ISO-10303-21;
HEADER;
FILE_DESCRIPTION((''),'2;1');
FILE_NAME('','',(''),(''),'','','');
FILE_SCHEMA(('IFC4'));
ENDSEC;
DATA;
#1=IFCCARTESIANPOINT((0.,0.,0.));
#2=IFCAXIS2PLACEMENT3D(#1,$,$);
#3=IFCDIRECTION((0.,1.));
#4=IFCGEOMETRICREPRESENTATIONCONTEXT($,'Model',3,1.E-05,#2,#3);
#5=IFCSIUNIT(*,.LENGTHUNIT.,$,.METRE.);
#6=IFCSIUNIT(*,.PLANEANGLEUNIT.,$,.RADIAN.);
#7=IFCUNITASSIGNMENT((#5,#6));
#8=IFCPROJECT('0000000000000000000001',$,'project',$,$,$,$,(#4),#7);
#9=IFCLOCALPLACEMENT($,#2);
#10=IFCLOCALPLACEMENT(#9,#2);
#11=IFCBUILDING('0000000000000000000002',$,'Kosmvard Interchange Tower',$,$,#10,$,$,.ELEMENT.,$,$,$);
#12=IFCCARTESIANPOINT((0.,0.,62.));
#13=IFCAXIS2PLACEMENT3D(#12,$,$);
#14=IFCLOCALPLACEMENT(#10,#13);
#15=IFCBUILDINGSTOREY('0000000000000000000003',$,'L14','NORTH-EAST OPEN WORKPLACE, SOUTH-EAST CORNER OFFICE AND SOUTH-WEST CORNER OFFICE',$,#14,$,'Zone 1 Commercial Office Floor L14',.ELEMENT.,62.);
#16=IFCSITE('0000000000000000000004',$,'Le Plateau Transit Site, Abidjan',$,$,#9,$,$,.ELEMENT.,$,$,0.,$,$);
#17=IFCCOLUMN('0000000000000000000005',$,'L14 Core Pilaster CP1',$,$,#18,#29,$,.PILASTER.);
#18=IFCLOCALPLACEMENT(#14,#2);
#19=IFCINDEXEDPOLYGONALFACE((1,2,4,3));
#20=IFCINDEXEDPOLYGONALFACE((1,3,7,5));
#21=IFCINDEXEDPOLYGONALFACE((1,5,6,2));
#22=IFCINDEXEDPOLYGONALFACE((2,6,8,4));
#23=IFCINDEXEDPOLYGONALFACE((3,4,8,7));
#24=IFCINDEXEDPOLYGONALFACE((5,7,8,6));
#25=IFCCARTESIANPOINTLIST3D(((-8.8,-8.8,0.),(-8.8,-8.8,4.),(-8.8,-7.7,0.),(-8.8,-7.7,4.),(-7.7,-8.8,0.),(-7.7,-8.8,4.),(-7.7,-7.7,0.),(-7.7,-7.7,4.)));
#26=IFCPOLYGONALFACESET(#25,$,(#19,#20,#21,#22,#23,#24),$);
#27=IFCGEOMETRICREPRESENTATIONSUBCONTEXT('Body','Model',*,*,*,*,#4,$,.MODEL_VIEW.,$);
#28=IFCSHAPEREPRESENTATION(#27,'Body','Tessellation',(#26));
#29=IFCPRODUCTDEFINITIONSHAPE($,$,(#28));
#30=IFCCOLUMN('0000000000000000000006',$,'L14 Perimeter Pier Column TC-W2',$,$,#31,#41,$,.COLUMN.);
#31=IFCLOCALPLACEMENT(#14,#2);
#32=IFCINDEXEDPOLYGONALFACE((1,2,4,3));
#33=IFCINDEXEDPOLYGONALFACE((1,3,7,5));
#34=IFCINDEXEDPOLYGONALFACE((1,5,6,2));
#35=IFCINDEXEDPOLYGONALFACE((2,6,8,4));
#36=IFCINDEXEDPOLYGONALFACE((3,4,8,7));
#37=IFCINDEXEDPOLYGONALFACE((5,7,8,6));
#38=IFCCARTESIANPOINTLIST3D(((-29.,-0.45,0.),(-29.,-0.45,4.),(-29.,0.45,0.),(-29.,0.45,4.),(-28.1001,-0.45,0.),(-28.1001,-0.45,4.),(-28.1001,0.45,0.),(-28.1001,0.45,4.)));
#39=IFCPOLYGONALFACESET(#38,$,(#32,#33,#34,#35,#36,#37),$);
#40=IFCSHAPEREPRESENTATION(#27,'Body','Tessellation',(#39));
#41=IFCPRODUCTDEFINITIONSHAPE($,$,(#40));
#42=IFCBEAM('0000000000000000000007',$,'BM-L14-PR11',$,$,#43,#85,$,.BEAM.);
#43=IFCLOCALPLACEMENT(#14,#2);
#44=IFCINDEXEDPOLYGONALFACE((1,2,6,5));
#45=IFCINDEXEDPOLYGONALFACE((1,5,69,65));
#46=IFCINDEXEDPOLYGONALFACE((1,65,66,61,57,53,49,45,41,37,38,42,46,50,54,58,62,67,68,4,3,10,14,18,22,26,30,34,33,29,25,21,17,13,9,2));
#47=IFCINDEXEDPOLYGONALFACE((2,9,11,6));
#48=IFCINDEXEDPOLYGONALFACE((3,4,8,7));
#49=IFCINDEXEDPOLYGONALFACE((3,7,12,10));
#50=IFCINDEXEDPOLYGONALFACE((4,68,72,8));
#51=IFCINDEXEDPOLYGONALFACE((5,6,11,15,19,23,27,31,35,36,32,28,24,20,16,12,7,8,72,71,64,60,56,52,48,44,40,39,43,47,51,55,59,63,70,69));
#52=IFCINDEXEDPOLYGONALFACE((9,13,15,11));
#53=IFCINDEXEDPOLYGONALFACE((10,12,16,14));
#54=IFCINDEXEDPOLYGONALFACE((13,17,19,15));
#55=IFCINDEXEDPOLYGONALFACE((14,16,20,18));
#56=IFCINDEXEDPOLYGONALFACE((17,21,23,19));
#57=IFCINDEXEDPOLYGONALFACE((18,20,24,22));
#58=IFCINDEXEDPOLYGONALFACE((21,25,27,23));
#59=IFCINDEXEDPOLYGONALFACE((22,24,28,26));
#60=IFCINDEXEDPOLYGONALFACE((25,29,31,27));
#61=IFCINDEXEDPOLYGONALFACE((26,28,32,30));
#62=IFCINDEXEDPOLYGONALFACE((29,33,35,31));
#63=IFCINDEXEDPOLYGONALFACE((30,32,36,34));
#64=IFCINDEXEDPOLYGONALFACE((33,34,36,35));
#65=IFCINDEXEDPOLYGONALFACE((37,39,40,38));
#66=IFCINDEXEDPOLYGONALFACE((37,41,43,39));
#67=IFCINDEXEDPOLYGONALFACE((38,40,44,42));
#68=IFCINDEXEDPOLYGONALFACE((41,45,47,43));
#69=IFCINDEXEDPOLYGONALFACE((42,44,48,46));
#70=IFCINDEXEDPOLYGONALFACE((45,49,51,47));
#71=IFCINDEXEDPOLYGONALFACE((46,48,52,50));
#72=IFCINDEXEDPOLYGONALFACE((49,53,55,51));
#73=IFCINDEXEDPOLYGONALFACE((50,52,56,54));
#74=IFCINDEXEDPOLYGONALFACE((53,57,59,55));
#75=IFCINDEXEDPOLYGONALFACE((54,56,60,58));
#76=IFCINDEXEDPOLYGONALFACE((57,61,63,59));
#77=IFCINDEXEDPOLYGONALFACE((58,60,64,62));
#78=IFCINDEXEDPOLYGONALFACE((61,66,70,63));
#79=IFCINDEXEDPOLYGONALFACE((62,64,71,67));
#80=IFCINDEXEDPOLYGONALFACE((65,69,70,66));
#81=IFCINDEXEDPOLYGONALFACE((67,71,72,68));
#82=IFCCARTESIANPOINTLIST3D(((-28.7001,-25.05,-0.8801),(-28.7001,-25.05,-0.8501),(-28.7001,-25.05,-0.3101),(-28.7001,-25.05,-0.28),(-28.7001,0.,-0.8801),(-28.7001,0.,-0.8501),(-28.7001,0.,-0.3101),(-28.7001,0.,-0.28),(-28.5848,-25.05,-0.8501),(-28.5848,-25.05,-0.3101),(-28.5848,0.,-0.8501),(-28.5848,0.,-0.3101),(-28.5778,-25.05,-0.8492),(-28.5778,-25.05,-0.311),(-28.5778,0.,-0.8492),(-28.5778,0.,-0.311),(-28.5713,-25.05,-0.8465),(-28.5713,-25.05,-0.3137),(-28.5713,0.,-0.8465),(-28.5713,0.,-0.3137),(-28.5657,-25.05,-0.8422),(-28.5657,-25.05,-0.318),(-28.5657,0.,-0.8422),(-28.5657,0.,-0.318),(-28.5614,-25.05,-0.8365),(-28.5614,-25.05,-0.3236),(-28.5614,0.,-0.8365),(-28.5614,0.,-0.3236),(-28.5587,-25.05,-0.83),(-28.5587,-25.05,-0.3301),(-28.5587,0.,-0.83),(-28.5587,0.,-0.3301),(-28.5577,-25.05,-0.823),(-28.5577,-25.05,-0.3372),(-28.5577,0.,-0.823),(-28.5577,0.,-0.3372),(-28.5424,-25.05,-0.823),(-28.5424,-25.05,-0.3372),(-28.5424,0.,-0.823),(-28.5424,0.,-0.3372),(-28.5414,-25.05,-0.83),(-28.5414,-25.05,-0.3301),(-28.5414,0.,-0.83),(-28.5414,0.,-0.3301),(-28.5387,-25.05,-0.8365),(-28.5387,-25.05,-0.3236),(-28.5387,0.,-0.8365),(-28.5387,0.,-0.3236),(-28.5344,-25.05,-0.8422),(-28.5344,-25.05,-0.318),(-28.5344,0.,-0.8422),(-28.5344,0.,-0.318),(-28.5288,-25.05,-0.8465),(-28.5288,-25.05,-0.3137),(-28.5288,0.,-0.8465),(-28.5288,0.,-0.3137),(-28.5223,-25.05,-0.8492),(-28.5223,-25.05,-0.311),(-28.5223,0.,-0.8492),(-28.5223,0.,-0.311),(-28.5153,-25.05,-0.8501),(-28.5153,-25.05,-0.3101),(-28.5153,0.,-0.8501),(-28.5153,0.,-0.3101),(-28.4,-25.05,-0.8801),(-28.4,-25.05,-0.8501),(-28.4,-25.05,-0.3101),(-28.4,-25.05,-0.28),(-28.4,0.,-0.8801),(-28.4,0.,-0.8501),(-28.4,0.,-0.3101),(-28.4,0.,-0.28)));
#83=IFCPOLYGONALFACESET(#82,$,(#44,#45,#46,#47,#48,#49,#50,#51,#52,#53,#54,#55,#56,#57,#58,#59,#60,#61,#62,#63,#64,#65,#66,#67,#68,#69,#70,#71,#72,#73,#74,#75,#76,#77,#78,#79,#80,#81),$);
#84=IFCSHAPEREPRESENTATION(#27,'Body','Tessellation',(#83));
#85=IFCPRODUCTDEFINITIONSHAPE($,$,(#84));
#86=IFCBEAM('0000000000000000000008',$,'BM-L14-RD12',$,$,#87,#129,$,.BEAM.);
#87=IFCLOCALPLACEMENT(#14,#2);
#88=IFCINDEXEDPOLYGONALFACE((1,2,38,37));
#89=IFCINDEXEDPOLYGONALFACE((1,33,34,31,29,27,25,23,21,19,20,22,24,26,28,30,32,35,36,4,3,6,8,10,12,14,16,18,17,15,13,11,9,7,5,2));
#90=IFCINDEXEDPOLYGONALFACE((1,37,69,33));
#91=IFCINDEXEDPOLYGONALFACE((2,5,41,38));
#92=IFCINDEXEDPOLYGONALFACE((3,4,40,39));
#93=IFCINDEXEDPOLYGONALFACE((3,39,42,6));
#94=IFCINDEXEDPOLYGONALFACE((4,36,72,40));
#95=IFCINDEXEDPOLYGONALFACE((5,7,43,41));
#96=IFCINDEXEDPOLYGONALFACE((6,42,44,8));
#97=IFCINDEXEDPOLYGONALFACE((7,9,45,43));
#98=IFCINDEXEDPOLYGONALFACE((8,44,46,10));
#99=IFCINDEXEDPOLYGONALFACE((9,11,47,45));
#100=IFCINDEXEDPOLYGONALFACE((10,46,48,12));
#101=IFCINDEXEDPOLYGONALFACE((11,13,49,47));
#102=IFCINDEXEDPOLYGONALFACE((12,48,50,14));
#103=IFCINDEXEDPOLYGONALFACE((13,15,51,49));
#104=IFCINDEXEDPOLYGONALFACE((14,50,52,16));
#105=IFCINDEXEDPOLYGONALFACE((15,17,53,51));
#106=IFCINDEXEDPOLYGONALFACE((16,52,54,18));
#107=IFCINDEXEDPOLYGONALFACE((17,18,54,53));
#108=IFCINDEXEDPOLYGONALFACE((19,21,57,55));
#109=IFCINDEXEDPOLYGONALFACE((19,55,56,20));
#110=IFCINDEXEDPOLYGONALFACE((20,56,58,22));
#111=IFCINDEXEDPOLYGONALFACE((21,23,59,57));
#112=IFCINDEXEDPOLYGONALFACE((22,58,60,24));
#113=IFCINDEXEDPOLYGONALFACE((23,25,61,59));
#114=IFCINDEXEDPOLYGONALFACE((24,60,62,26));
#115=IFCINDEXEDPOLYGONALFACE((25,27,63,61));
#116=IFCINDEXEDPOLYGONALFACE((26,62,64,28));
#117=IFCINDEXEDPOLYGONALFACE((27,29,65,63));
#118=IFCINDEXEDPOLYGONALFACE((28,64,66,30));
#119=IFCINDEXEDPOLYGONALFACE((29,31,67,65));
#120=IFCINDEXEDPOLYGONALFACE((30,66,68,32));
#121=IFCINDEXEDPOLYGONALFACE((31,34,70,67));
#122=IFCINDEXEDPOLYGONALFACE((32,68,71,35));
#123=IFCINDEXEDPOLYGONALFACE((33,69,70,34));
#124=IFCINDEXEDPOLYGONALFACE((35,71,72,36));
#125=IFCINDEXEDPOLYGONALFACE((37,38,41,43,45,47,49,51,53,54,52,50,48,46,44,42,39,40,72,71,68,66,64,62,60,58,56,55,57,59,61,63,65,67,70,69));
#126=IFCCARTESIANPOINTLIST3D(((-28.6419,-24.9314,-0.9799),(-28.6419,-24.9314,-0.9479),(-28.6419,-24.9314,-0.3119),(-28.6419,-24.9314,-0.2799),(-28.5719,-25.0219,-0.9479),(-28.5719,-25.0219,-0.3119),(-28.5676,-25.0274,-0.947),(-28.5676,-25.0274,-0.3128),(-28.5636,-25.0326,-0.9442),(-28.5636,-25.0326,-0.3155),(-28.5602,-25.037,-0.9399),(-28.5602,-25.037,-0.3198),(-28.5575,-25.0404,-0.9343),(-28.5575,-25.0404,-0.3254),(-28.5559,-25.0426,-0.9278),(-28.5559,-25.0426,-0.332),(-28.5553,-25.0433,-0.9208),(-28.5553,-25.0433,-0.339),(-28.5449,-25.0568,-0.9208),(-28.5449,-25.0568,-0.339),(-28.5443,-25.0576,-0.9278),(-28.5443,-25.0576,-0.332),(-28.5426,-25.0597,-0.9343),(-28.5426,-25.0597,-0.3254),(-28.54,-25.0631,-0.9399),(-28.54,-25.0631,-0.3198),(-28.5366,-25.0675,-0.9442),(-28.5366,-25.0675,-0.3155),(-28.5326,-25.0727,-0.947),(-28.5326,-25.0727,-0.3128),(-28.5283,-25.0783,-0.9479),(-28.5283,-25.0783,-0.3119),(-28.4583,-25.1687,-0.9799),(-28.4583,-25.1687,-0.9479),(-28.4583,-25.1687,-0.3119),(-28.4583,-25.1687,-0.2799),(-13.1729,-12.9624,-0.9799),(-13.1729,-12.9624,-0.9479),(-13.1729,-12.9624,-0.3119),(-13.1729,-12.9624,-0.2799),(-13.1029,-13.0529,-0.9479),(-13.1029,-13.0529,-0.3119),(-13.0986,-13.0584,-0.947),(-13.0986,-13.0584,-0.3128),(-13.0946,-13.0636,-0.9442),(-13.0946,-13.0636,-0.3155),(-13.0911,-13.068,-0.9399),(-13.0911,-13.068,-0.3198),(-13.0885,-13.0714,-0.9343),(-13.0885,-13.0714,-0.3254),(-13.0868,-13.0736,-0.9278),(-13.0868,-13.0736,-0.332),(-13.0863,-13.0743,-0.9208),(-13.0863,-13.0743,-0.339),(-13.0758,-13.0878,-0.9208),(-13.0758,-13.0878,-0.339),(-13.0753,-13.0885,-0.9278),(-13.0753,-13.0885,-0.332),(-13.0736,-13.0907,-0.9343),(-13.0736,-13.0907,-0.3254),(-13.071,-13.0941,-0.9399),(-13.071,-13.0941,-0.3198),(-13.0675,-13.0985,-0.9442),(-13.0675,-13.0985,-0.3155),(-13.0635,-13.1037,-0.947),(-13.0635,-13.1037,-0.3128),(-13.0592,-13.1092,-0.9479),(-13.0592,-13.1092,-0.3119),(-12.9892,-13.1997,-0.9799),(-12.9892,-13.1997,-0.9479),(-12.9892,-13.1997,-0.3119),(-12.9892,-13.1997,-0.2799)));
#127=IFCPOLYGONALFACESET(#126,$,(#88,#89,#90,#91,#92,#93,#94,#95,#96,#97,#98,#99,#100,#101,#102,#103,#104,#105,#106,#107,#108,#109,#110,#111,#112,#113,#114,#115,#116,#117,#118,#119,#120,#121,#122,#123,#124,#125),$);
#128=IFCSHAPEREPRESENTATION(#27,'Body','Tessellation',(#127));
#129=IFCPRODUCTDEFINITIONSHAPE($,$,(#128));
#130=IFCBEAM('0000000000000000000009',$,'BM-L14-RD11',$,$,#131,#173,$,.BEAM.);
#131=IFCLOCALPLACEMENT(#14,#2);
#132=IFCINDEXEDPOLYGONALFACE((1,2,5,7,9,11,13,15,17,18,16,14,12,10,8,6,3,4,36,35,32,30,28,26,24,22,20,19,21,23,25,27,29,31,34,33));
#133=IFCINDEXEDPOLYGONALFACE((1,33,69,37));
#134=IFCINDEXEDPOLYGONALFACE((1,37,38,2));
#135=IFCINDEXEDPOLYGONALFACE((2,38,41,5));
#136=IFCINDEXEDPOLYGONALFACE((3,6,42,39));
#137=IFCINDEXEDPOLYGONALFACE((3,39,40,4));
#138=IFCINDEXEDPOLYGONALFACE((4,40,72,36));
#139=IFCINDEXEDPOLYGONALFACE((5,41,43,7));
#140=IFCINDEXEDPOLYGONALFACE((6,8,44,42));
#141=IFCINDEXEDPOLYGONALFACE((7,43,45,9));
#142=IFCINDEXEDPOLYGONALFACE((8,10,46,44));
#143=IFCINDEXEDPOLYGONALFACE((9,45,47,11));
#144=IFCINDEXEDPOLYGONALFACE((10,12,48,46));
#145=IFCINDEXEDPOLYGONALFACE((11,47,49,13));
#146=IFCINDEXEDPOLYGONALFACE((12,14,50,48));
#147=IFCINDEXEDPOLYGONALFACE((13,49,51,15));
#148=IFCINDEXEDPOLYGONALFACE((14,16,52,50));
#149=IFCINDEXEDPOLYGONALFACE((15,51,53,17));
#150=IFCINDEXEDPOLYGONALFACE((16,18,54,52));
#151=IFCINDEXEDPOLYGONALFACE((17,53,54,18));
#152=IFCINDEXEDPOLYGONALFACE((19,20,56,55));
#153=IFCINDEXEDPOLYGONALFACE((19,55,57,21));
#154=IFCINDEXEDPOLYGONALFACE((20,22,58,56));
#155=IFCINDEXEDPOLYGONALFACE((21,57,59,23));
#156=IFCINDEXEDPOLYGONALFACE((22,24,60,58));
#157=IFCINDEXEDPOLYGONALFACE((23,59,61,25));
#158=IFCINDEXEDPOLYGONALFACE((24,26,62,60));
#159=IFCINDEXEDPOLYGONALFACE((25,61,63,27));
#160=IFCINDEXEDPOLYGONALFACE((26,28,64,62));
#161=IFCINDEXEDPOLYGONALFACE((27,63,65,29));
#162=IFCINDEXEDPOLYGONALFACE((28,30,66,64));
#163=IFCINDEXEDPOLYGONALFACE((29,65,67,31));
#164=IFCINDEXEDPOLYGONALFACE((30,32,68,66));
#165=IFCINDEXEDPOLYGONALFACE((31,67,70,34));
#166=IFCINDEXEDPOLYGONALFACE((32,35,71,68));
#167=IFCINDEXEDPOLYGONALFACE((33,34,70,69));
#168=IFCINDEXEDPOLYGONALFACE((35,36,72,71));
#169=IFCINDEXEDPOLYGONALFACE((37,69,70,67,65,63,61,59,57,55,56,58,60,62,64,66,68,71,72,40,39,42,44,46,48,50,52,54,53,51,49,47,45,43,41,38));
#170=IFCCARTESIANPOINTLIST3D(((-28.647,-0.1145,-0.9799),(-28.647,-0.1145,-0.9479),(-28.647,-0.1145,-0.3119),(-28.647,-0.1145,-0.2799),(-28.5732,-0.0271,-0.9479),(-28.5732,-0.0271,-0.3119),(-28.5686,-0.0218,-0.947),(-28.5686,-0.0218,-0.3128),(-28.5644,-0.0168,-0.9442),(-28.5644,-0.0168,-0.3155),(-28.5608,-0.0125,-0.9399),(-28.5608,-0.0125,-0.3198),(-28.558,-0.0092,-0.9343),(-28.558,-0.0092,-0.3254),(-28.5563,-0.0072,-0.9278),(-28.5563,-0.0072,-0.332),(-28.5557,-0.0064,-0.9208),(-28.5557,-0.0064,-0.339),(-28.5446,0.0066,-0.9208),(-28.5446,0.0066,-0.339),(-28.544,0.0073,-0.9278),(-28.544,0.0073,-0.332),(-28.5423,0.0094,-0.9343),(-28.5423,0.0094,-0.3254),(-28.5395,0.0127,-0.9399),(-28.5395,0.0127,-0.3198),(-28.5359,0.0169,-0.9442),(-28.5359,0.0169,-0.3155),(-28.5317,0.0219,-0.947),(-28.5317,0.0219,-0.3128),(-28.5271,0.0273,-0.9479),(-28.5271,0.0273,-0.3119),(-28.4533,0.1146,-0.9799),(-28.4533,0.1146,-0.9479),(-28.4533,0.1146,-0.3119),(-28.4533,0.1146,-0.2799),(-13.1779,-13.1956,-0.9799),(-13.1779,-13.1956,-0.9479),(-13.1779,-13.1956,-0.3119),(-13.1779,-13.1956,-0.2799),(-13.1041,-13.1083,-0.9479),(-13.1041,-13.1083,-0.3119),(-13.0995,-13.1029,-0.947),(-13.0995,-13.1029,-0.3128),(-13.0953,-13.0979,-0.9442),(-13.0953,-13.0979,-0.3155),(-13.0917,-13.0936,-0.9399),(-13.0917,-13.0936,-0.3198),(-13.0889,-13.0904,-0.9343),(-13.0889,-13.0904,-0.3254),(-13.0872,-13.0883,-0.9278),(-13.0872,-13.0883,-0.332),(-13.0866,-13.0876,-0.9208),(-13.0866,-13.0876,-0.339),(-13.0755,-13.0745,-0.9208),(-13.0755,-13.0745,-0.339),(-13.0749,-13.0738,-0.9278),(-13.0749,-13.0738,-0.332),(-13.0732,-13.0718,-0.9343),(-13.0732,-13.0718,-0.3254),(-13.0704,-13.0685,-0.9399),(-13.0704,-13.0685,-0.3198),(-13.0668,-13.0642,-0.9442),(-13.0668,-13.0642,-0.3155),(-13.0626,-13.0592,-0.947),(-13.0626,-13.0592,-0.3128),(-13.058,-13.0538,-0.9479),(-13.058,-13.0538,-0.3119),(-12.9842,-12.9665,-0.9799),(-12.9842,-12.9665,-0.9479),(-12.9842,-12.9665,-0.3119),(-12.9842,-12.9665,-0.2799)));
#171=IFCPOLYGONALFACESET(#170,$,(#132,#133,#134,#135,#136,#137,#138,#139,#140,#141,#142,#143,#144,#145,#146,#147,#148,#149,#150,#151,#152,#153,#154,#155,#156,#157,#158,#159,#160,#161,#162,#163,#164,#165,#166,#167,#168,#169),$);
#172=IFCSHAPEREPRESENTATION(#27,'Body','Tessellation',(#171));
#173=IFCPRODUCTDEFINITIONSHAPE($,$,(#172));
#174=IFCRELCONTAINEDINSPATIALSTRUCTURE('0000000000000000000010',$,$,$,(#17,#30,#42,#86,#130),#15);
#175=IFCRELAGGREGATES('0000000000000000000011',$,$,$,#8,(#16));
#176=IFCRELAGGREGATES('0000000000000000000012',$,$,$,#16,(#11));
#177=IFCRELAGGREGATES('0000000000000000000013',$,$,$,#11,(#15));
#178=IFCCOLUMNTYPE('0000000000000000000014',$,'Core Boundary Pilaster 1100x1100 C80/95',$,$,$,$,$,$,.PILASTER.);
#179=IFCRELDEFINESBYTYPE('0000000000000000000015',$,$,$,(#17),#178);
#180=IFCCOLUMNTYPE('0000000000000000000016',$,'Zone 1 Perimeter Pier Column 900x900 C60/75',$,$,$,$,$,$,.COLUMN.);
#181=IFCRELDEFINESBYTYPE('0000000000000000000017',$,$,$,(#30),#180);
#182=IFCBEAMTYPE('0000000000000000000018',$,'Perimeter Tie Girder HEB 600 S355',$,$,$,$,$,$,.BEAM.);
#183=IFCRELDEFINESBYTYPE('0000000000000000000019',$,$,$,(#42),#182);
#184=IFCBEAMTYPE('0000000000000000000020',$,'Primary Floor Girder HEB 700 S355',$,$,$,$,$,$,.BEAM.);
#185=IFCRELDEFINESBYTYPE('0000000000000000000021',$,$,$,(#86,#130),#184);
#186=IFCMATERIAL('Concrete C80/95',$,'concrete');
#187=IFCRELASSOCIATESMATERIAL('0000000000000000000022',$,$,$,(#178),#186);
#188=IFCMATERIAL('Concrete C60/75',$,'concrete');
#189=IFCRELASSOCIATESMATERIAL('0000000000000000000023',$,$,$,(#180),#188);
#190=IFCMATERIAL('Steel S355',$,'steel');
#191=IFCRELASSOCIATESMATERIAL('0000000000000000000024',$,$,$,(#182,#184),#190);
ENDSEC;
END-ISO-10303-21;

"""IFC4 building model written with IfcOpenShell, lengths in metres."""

from ifc_helpers import new_model, si_unit, direction, frame, origin, origin_2d, place, context, subcontext, project, spatial, rectangle, i_section, extrude, source, transform, mapped, material, material_profile, profile_set, type_object, element, save


model = new_model("IFC4")

# Units and contexts
model_context = context("Model", 3, precision=1e-05, world=origin(), true_north=direction((0.0, 1.0)))
body_context = subcontext(model_context, "Body", "Model", "MODEL_VIEW")
ifc_project = project(units=[si_unit("LENGTHUNIT", "METRE"), si_unit("PLANEANGLEUNIT", "RADIAN")], contexts=[model_context])

# Site, building, storey
site_placement = place(None, origin())
site = spatial("IfcSite", under=ifc_project, at=site_placement, Name="Le Plateau Transit Site, Abidjan", CompositionType="ELEMENT", RefElevation=0.0)
building_placement = place(site_placement, origin())
building = spatial("IfcBuilding", under=site, at=building_placement, Name="Kosmvard Interchange Tower", CompositionType="ELEMENT")
storey_placement = place(building_placement, frame((0.0, 0.0, 62.0)))
storey = spatial("IfcBuildingStorey", under=building, at=storey_placement, Name="L14", Description="NORTH-EAST OPEN WORKPLACE, SOUTH-EAST CORNER OFFICE AND SOUTH-WEST CORNER OFFICE", LongName="Zone 1 Commercial Office Floor L14", CompositionType="ELEMENT", Elevation=62.0)

# Columns
ifc_material_1 = material(Name="Concrete C80/95", Category="concrete")
ifc_material_profile_1 = material_profile(ifc_material_1, rectangle(XDim=1.1001, YDim=1.1001, at=origin_2d()), Name="CP 1100x1100")
ifc_profile_set_1 = profile_set([ifc_material_profile_1], Name="Concrete C80/95")
column_type_1 = type_object("IfcColumnType", Name="Core Boundary Pilaster 1100x1100 C80/95", PredefinedType="PILASTER", material=ifc_profile_set_1)
shared_shape_1 = source(origin(), body_context, "Body", "SweptSolid", [
    extrude(rectangle(XDim=1.1001, YDim=1.1001, at=origin_2d()), origin(), (0.0, 0.0, 1.0), 4.0),
])
column_1_placement = place(storey_placement, frame((-8.25, -8.25, 0.0), z_axis=(0.0, 0.0, 1.0), x_axis=(1.0, 0.0, 0.0)))
element("IfcColumn", 1, at=column_1_placement, inside=storey, type_object=column_type_1, Name="L14 Core Pilaster CP1", PredefinedType="PILASTER", context=body_context, shape_type="MappedRepresentation", body=[
    mapped(shared_shape_1, transform((0.0, 0.0, 0.0), scale=1.0)),
])
ifc_material_2 = material(Name="Concrete C60/75", Category="concrete")
ifc_material_profile_2 = material_profile(ifc_material_2, rectangle(XDim=0.8999, YDim=0.8999, at=origin_2d()), Name="TC 900x900")
ifc_profile_set_2 = profile_set([ifc_material_profile_2], Name="Concrete C60/75")
column_type_2 = type_object("IfcColumnType", Name="Zone 1 Perimeter Pier Column 900x900 C60/75", PredefinedType="COLUMN", material=ifc_profile_set_2)
shared_shape_2 = source(origin(), body_context, "Body", "SweptSolid", [
    extrude(rectangle(XDim=0.8999, YDim=0.8999, at=origin_2d()), origin(), (0.0, 0.0, 1.0), 4.0),
])
column_2_placement = place(storey_placement, frame((-28.55, 0.0, 0.0), z_axis=(0.0, 0.0, 1.0), x_axis=(1.0, 0.0, 0.0)))
element("IfcColumn", 2, at=column_2_placement, inside=storey, type_object=column_type_2, Name="L14 Perimeter Pier Column TC-W2", PredefinedType="COLUMN", context=body_context, shape_type="MappedRepresentation", body=[
    mapped(shared_shape_2, transform((0.0, 0.0, 0.0), scale=1.0)),
])

# Beams
ifc_material_3 = material(Name="Steel S355", Category="steel")
ifc_material_profile_3 = material_profile(ifc_material_3, i_section(OverallWidth=0.3, OverallDepth=0.6001, WebThickness=0.0154, FlangeThickness=0.03, FilletRadius=0.0271, at=origin_2d()), Name="HEB 600")
ifc_profile_set_3 = profile_set([ifc_material_profile_3], Name="Steel S355")
beam_type_1 = type_object("IfcBeamType", Name="Perimeter Tie Girder HEB 600 S355", PredefinedType="BEAM", material=ifc_profile_set_3)
shared_shape_3 = source(origin(), body_context, "Body", "SweptSolid", [
    extrude(i_section(OverallWidth=0.3, OverallDepth=0.6001, WebThickness=0.0154, FlangeThickness=0.03, FilletRadius=0.0271, at=origin_2d()), origin(), (0.0, 0.0, 1.0), 25.05),
])
beam_1_placement = place(storey_placement, frame((-28.55, 0.0, -0.5801), z_axis=(0.0, -1.0, 0.0), x_axis=(1.0, 0.0, 0.0)))
element("IfcBeam", 3, at=beam_1_placement, inside=storey, type_object=beam_type_1, Name="BM-L14-PR11", PredefinedType="BEAM", context=body_context, shape_type="MappedRepresentation", body=[
    mapped(shared_shape_3, transform((0.0, 0.0, 0.0), scale=1.0)),
])
ifc_material_profile_4 = material_profile(ifc_material_3, i_section(OverallWidth=0.3, OverallDepth=0.7, WebThickness=0.0171, FlangeThickness=0.032, FilletRadius=0.0271, at=origin_2d()), Name="HEB 700")
ifc_profile_set_4 = profile_set([ifc_material_profile_4], Name="Steel S355")
beam_type_2 = type_object("IfcBeamType", Name="Primary Floor Girder HEB 700 S355", PredefinedType="BEAM", material=ifc_profile_set_4)
shared_shape_4 = source(origin(), body_context, "Body", "SweptSolid", [
    extrude(i_section(OverallWidth=0.3, OverallDepth=0.7, WebThickness=0.0171, FlangeThickness=0.032, FilletRadius=0.0271, at=origin_2d()), origin(), (0.0, 0.0, 1.0), 19.5588),
])
beam_2_placement = place(storey_placement, frame((-13.0811, -13.0811, -0.6299), z_axis=(-0.790897, -0.611949, 0.0), x_axis=(0.611949, -0.790897, 0.0)))
element("IfcBeam", 4, at=beam_2_placement, inside=storey, type_object=beam_type_2, Name="BM-L14-RD12", PredefinedType="BEAM", context=body_context, shape_type="MappedRepresentation", body=[
    mapped(shared_shape_4, transform((0.0, 0.0, 0.0), scale=1.0)),
])
shared_shape_5 = source(origin(), body_context, "Body", "SweptSolid", [
    extrude(i_section(OverallWidth=0.3, OverallDepth=0.7, WebThickness=0.0171, FlangeThickness=0.032, FilletRadius=0.0271, at=origin_2d()), origin(), (0.0, 0.0, 1.0), 20.2585),
])
beam_3_placement = place(storey_placement, frame((-13.0811, -13.0811, -0.6299), z_axis=(-0.763583, 0.645709, 0.0), x_axis=(-0.645709, -0.763583, 0.0)))
element("IfcBeam", 5, at=beam_3_placement, inside=storey, type_object=beam_type_2, Name="BM-L14-RD11", PredefinedType="BEAM", context=body_context, shape_type="MappedRepresentation", body=[
    mapped(shared_shape_5, transform((0.0, 0.0, 0.0), scale=1.0)),
])

save(model, "model.ifc")
